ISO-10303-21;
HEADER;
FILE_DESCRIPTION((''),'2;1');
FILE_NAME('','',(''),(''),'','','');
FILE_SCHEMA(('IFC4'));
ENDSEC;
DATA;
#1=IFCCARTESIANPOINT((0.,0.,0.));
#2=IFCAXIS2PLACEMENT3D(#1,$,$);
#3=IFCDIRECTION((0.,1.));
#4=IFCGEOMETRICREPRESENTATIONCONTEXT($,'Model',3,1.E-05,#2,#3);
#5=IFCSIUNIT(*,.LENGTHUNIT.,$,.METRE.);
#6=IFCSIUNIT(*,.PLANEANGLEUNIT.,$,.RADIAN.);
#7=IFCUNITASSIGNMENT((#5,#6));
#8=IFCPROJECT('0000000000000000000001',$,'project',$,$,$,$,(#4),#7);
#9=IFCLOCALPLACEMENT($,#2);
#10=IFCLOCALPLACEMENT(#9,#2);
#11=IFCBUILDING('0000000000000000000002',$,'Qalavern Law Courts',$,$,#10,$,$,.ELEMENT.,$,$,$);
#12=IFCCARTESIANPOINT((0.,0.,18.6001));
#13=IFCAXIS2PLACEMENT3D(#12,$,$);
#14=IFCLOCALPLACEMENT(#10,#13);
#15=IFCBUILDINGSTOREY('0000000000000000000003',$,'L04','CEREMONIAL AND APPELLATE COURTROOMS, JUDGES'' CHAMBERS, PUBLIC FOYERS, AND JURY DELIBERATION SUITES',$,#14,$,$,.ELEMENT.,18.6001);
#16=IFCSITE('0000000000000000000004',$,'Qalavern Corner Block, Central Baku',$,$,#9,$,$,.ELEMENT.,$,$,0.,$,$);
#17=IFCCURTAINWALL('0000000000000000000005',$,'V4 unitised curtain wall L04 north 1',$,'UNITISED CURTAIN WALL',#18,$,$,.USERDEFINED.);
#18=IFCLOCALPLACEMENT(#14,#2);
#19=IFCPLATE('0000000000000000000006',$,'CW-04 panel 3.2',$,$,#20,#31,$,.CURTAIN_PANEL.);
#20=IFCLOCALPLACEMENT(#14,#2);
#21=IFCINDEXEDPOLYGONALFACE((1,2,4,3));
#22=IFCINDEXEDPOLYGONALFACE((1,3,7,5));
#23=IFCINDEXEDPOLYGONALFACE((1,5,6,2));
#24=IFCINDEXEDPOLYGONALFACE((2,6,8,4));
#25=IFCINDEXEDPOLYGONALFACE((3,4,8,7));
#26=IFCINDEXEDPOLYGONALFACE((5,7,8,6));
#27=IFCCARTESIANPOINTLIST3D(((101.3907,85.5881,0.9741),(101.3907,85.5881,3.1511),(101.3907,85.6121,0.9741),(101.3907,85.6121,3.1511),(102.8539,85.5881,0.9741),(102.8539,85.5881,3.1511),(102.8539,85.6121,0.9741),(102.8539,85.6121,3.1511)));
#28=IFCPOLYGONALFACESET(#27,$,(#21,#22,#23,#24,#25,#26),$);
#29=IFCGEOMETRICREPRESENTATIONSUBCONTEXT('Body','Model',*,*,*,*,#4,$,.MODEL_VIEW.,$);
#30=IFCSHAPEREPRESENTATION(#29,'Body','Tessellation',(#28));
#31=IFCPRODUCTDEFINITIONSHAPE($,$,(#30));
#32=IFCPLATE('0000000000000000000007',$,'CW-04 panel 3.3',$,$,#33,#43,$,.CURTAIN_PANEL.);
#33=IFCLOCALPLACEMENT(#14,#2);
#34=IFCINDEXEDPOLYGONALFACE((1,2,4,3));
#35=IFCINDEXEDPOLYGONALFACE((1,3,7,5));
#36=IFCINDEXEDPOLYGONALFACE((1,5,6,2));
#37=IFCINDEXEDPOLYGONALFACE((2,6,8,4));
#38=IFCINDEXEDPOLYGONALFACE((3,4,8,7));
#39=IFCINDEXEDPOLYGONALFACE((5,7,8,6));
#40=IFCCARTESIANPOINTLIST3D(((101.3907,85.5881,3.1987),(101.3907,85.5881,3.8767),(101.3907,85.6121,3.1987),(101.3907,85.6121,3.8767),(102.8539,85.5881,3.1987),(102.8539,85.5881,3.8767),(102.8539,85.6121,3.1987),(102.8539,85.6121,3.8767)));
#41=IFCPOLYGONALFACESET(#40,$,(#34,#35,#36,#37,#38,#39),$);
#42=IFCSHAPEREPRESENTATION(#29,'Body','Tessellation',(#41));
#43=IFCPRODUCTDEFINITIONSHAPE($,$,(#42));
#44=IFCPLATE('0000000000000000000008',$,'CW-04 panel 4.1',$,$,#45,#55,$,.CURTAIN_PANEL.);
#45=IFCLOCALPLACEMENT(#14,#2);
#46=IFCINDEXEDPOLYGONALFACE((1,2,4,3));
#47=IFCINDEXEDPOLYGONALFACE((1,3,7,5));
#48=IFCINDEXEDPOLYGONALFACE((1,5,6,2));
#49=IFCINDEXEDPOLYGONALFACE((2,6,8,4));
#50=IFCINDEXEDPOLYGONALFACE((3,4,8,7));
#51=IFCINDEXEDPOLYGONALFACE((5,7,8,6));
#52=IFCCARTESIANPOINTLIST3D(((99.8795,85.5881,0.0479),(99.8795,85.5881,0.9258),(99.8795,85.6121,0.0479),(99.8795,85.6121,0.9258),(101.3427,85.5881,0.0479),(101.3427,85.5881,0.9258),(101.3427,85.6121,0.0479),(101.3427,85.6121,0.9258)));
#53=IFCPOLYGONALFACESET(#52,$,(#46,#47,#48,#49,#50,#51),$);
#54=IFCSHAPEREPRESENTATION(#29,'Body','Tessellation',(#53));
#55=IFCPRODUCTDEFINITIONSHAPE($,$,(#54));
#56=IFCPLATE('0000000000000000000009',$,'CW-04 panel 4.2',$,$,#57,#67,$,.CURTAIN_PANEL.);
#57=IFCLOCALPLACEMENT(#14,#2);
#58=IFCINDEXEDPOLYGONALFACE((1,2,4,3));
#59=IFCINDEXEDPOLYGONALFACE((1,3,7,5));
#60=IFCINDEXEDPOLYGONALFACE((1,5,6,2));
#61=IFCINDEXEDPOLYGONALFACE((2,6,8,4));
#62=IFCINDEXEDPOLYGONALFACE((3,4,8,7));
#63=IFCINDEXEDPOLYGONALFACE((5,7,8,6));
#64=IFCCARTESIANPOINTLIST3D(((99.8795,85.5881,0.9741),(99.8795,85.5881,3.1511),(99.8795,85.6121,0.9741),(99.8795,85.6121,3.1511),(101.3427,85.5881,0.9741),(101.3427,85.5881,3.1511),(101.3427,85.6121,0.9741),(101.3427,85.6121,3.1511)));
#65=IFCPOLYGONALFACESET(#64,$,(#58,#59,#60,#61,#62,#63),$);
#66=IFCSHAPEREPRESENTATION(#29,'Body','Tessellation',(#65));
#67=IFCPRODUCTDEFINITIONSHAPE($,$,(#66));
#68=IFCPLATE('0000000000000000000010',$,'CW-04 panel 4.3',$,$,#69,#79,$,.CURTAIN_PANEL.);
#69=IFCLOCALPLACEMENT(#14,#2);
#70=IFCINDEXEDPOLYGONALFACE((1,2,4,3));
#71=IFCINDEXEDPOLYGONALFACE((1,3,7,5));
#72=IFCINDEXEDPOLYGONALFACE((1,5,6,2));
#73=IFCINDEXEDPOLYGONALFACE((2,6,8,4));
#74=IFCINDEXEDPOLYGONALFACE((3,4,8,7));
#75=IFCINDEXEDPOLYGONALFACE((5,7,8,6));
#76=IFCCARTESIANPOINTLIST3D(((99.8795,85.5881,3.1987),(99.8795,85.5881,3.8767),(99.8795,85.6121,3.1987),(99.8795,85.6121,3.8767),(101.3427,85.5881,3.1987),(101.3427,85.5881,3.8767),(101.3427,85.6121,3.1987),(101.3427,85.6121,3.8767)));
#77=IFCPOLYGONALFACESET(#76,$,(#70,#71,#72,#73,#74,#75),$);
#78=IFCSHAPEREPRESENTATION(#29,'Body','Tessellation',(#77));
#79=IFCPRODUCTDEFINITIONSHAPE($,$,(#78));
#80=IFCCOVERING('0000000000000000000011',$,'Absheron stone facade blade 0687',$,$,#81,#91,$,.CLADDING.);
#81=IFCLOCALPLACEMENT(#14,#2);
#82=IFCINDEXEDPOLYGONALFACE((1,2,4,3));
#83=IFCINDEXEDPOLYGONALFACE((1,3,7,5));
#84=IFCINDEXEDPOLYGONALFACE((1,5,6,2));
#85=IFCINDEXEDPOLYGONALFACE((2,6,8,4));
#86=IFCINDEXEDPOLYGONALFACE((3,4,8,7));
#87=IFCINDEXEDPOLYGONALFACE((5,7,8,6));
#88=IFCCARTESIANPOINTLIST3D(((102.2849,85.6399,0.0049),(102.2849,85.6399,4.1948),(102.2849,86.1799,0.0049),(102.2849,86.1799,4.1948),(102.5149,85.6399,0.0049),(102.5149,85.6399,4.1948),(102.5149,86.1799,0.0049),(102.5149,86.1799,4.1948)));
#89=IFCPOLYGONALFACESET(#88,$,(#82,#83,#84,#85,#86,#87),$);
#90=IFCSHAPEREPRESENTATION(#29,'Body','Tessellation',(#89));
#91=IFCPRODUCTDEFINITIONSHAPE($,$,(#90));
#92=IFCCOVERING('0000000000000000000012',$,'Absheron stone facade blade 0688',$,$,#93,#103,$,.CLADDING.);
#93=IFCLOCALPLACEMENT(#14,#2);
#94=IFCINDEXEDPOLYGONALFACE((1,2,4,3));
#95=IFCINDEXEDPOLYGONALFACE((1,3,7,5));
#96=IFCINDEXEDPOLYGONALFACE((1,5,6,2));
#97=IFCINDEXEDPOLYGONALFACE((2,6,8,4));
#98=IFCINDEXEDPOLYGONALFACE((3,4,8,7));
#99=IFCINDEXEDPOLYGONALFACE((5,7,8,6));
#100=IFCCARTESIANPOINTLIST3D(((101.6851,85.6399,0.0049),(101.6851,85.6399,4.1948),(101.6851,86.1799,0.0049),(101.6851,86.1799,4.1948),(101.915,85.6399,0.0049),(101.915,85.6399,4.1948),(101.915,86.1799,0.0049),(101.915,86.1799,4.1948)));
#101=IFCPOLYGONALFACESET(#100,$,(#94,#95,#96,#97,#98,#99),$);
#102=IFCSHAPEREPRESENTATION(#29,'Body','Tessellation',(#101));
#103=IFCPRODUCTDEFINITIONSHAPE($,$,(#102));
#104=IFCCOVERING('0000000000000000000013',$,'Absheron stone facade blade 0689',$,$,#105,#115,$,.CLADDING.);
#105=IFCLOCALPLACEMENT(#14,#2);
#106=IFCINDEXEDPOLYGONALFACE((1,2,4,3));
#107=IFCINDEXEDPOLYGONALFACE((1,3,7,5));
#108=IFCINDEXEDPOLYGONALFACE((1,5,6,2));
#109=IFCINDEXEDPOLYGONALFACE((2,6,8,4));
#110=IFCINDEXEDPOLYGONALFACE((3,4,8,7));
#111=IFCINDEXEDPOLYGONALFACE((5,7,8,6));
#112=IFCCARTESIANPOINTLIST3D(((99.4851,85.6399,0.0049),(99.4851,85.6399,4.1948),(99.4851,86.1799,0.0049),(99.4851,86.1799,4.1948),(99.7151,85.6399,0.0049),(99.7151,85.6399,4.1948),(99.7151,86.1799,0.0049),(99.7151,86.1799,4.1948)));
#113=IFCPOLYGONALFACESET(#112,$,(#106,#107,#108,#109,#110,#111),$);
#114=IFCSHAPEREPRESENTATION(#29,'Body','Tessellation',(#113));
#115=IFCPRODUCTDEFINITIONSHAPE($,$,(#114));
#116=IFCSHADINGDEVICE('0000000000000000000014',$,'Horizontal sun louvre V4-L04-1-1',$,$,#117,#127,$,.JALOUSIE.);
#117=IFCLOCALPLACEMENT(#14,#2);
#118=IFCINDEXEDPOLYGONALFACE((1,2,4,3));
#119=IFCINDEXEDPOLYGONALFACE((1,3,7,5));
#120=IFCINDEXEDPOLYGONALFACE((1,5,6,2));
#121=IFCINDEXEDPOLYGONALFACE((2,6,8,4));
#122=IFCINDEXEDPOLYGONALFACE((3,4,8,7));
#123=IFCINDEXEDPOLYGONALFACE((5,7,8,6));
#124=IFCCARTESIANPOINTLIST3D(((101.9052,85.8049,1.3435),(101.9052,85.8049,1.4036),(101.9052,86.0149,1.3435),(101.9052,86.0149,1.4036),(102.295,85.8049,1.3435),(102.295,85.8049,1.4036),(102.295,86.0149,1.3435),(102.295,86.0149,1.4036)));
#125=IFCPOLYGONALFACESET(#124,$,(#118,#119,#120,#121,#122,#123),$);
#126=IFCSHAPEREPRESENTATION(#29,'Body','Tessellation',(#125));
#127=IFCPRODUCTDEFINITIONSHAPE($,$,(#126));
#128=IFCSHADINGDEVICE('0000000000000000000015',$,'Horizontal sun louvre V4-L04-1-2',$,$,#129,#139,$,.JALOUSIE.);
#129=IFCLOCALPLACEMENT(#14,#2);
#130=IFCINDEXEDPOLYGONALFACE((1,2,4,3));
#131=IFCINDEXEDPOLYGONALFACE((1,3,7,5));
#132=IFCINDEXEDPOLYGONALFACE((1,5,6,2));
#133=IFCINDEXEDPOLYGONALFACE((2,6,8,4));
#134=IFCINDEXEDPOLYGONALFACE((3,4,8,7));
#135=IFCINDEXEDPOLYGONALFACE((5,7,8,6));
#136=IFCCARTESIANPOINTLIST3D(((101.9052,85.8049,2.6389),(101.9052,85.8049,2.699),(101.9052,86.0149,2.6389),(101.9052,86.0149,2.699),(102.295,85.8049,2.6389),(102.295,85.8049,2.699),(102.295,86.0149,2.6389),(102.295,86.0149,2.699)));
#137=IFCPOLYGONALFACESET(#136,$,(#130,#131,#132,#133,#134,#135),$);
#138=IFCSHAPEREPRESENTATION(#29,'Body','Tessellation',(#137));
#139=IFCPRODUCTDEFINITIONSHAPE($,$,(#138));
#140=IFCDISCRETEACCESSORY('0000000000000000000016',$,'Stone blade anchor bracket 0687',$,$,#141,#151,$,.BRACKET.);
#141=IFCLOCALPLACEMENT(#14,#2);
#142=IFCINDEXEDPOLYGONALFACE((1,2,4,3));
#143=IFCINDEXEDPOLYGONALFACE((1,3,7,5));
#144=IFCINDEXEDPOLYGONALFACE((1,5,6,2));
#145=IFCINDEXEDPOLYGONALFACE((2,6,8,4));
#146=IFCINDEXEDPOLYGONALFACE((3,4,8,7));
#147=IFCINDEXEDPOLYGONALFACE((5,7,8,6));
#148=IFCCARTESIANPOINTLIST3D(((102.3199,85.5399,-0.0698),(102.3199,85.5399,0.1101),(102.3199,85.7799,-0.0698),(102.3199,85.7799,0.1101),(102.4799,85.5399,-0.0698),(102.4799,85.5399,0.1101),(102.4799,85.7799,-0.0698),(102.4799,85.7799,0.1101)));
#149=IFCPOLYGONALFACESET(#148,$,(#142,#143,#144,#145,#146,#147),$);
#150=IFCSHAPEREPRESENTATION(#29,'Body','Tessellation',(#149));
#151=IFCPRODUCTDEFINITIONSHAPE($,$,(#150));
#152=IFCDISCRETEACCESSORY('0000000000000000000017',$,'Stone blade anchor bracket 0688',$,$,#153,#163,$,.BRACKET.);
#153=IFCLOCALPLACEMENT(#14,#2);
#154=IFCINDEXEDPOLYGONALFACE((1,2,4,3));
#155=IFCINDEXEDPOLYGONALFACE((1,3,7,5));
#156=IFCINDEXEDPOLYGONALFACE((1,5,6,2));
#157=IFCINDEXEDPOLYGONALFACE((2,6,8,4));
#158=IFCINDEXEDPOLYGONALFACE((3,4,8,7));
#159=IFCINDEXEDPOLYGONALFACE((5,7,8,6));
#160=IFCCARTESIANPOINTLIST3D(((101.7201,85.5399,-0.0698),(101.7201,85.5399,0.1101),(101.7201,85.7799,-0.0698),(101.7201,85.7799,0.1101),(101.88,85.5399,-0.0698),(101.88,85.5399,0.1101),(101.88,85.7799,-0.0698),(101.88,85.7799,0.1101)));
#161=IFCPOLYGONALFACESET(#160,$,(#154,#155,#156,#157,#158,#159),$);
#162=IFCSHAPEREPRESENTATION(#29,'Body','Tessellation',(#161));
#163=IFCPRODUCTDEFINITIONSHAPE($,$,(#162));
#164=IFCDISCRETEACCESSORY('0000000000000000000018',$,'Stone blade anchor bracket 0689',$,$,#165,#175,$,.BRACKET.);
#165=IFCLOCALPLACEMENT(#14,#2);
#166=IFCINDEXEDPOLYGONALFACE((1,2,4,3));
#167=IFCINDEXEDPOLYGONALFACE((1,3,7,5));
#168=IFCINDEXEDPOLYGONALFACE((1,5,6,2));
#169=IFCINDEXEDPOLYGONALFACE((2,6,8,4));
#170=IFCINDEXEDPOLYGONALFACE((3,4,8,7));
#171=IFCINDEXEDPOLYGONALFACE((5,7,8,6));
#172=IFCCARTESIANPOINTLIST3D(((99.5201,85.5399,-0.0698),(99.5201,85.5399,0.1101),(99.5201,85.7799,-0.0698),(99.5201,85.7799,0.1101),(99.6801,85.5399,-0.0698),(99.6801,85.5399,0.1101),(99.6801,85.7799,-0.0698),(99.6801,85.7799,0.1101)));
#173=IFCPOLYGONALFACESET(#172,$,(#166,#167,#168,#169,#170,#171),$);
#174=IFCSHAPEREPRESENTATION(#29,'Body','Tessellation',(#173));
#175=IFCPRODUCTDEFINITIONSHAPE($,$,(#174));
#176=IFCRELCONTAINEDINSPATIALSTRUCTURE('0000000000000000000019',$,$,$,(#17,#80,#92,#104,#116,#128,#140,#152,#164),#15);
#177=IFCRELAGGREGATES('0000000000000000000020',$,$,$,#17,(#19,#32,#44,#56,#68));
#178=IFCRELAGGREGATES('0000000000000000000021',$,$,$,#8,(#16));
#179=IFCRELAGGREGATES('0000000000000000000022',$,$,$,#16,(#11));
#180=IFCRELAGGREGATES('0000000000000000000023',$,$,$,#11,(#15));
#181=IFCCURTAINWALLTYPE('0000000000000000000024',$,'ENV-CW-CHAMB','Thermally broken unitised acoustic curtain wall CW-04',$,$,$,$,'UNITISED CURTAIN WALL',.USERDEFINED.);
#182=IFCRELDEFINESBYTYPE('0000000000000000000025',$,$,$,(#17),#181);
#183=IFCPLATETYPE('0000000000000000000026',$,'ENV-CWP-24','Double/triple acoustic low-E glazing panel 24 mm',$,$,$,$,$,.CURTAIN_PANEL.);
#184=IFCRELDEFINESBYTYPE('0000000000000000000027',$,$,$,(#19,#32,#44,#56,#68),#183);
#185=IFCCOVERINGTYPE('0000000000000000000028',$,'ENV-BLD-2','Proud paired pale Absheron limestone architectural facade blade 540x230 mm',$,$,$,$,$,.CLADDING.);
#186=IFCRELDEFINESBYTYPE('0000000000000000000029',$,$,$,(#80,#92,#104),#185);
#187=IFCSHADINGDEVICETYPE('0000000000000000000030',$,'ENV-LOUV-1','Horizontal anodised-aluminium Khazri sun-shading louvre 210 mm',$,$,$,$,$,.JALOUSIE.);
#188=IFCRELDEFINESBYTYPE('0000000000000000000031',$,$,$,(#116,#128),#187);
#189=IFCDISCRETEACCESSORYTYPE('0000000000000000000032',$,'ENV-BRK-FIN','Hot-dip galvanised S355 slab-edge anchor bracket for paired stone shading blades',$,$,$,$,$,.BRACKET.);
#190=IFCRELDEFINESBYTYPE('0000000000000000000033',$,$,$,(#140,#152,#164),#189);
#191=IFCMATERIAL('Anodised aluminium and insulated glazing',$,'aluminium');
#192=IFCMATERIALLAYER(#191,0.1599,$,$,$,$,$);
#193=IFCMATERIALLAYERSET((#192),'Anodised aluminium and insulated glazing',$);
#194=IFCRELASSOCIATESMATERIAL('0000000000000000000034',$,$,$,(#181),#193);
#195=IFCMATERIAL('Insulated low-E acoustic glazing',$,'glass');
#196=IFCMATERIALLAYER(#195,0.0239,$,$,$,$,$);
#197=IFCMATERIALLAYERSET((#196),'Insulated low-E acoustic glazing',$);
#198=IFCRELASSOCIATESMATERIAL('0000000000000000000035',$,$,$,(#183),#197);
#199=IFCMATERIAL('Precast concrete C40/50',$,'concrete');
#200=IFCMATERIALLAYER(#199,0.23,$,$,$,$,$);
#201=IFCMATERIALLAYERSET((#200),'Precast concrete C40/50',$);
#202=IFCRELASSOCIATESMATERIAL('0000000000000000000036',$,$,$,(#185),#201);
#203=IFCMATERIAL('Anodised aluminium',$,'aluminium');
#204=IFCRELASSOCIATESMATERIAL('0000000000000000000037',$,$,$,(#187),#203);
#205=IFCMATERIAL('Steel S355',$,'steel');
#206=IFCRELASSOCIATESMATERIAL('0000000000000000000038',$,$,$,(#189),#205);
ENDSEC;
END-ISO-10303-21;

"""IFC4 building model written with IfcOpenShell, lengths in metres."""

from ifc_helpers import new_model, si_unit, direction, frame, origin, origin_2d, place, context, subcontext, project, spatial, rectangle, extrude, material, layer, layer_set, type_object, element, aggregate, save


model = new_model("IFC4")

# Units and contexts
model_context = context("Model", 3, precision=1e-05, world=origin(), true_north=direction((0.0, 1.0)))
body_context = subcontext(model_context, "Body", "Model", "MODEL_VIEW")
ifc_project = project(units=[si_unit("LENGTHUNIT", "METRE"), si_unit("PLANEANGLEUNIT", "RADIAN")], contexts=[model_context])

# Site, building, storey
site_placement = place(None, origin())
site = spatial("IfcSite", under=ifc_project, at=site_placement, Name="Qalavern Corner Block, Central Baku", CompositionType="ELEMENT", RefElevation=0.0)
building_placement = place(site_placement, origin())
building = spatial("IfcBuilding", under=site, at=building_placement, Name="Qalavern Law Courts", CompositionType="ELEMENT")
storey_placement = place(building_placement, frame((0.0, 0.0, 18.6001)))
storey = spatial("IfcBuildingStorey", under=building, at=storey_placement, Name="L04", Description="CEREMONIAL AND APPELLATE COURTROOMS, JUDGES' CHAMBERS, PUBLIC FOYERS, AND JURY DELIBERATION SUITES", CompositionType="ELEMENT", Elevation=18.6001)

# Curtain wall, plates
ifc_material_1 = material(Name="Anodised aluminium and insulated glazing", Category="aluminium")
ifc_layer_1 = layer(ifc_material_1, 0.1599)
ifc_layer_set_1 = layer_set([ifc_layer_1], Name="Anodised aluminium and insulated glazing")
curtain_wall_type = type_object("IfcCurtainWallType", Name="ENV-CW-CHAMB", Description="Thermally broken unitised acoustic curtain wall CW-04", ElementType="UNITISED CURTAIN WALL", PredefinedType="USERDEFINED", material=ifc_layer_set_1)
curtain_wall_placement = place(storey_placement, origin())
curtain_wall = element("IfcCurtainWall", 1, at=curtain_wall_placement, inside=storey, type_object=curtain_wall_type, Name="V4 unitised curtain wall L04 north 1", ObjectType="UNITISED CURTAIN WALL", PredefinedType="USERDEFINED")
ifc_material_2 = material(Name="Anodised aluminium", Category="aluminium")
ifc_material_3 = material(Name="Insulated low-E acoustic glazing", Category="glass")
ifc_layer_2 = layer(ifc_material_3, 0.0239)
ifc_layer_set_2 = layer_set([ifc_layer_2], Name="Insulated low-E acoustic glazing")
plate_type = type_object("IfcPlateType", Name="ENV-CWP-24", Description="Double/triple acoustic low-E glazing panel 24 mm", PredefinedType="CURTAIN_PANEL", material=ifc_layer_set_2)
plate_1_placement = place(storey_placement, frame((102.1223, 85.6001, 0.9741), z_axis=(0.0, 0.0, 1.0), x_axis=(-1.0, 0.0, 0.0)))
plate_1 = element("IfcPlate", 2, at=plate_1_placement, type_object=plate_type, Name="CW-04 panel 3.2", PredefinedType="CURTAIN_PANEL", context=body_context, shape_type="SweptSolid", body=[
    extrude(rectangle(XDim=1.4631, YDim=0.0239, at=origin_2d()), origin(), (0.0, 0.0, 1.0), 2.177),
])
plate_2_placement = place(storey_placement, frame((102.1223, 85.6001, 3.1987), z_axis=(0.0, 0.0, 1.0), x_axis=(-1.0, 0.0, 0.0)))
plate_2 = element("IfcPlate", 3, at=plate_2_placement, type_object=plate_type, Name="CW-04 panel 3.3", PredefinedType="CURTAIN_PANEL", context=body_context, shape_type="SweptSolid", body=[
    extrude(rectangle(XDim=1.4631, YDim=0.0239, at=origin_2d()), origin(), (0.0, 0.0, 1.0), 0.678),
])
plate_3_placement = place(storey_placement, frame((100.6111, 85.6001, 0.0479), z_axis=(0.0, 0.0, 1.0), x_axis=(-1.0, 0.0, 0.0)))
plate_3 = element("IfcPlate", 4, at=plate_3_placement, type_object=plate_type, Name="CW-04 panel 4.1", PredefinedType="CURTAIN_PANEL", context=body_context, shape_type="SweptSolid", body=[
    extrude(rectangle(XDim=1.4631, YDim=0.0239, at=origin_2d()), origin(), (0.0, 0.0, 1.0), 0.8779),
])
plate_4_placement = place(storey_placement, frame((100.6111, 85.6001, 0.9741), z_axis=(0.0, 0.0, 1.0), x_axis=(-1.0, 0.0, 0.0)))
plate_4 = element("IfcPlate", 5, at=plate_4_placement, type_object=plate_type, Name="CW-04 panel 4.2", PredefinedType="CURTAIN_PANEL", context=body_context, shape_type="SweptSolid", body=[
    extrude(rectangle(XDim=1.4631, YDim=0.0239, at=origin_2d()), origin(), (0.0, 0.0, 1.0), 2.177),
])
plate_5_placement = place(storey_placement, frame((100.6111, 85.6001, 3.1987), z_axis=(0.0, 0.0, 1.0), x_axis=(-1.0, 0.0, 0.0)))
plate_5 = element("IfcPlate", 6, at=plate_5_placement, type_object=plate_type, Name="CW-04 panel 4.3", PredefinedType="CURTAIN_PANEL", context=body_context, shape_type="SweptSolid", body=[
    extrude(rectangle(XDim=1.4631, YDim=0.0239, at=origin_2d()), origin(), (0.0, 0.0, 1.0), 0.678),
])
aggregate(curtain_wall, [plate_1, plate_2, plate_3, plate_4, plate_5])

# Coverings
ifc_material_4 = material(Name="Precast concrete C40/50", Category="concrete")
ifc_layer_3 = layer(ifc_material_4, 0.23)
ifc_layer_set_3 = layer_set([ifc_layer_3], Name="Precast concrete C40/50")
covering_type = type_object("IfcCoveringType", Name="ENV-BLD-2", Description="Proud paired pale Absheron limestone architectural facade blade 540x230 mm", PredefinedType="CLADDING", material=ifc_layer_set_3)
for number, where, z_axis, x_axis, name in (
    (7, (102.3999, 85.9099, 0.0049), (0.0, 0.0, 1.0), (0.0, 1.0, 0.0), "Absheron stone facade blade 0687"),
    (8, (101.8, 85.9099, 0.0049), (0.0, 0.0, 1.0), (0.0, 1.0, 0.0), "Absheron stone facade blade 0688"),
    (9, (99.6001, 85.9099, 0.0049), (0.0, 0.0, 1.0), (0.0, 1.0, 0.0), "Absheron stone facade blade 0689"),
):
    element("IfcCovering", number, at=place(storey_placement, frame(where, z_axis=z_axis, x_axis=x_axis)), inside=storey, type_object=covering_type, Name=name, PredefinedType="CLADDING", context=body_context, shape_type="SweptSolid", body=[
        extrude(rectangle(XDim=0.54, YDim=0.23, at=origin_2d()), origin(), (0.0, 0.0, 1.0), 4.1899),
    ])

# Shading devices
shading_device_type = type_object("IfcShadingDeviceType", Name="ENV-LOUV-1", Description="Horizontal anodised-aluminium Khazri sun-shading louvre 210 mm", PredefinedType="JALOUSIE", material=ifc_material_2)
for number, where, z_axis, x_axis, name in (
    (10, (102.1001, 85.9099, 1.3435), (0.0, 0.0, 1.0), (-1.0, 0.0, 0.0), "Horizontal sun louvre V4-L04-1-1"),
    (11, (102.1001, 85.9099, 2.6389), (0.0, 0.0, 1.0), (-1.0, 0.0, 0.0), "Horizontal sun louvre V4-L04-1-2"),
):
    element("IfcShadingDevice", number, at=place(storey_placement, frame(where, z_axis=z_axis, x_axis=x_axis)), inside=storey, type_object=shading_device_type, Name=name, PredefinedType="JALOUSIE", context=body_context, shape_type="SweptSolid", body=[
        extrude(rectangle(XDim=0.3899, YDim=0.21, at=origin_2d()), origin(), (0.0, 0.0, 1.0), 0.0601),
    ])

# Discrete accessories
ifc_material_5 = material(Name="Steel S355", Category="steel")
discrete_accessory_type = type_object("IfcDiscreteAccessoryType", Name="ENV-BRK-FIN", Description="Hot-dip galvanised S355 slab-edge anchor bracket for paired stone shading blades", PredefinedType="BRACKET", material=ifc_material_5)
for number, where, z_axis, x_axis, name in (
    (12, (102.3999, 85.6599, -0.0698), (0.0, 0.0, 1.0), (0.0, 1.0, 0.0), "Stone blade anchor bracket 0687"),
    (13, (101.8, 85.6599, -0.0698), (0.0, 0.0, 1.0), (0.0, 1.0, 0.0), "Stone blade anchor bracket 0688"),
    (14, (99.6001, 85.6599, -0.0698), (0.0, 0.0, 1.0), (0.0, 1.0, 0.0), "Stone blade anchor bracket 0689"),
):
    element("IfcDiscreteAccessory", number, at=place(storey_placement, frame(where, z_axis=z_axis, x_axis=x_axis)), inside=storey, type_object=discrete_accessory_type, Name=name, PredefinedType="BRACKET", context=body_context, shape_type="SweptSolid", body=[
        extrude(rectangle(XDim=0.24, YDim=0.1599, at=origin_2d()), origin(), (0.0, 0.0, 1.0), 0.1799),
    ])

save(model, "model.ifc")
